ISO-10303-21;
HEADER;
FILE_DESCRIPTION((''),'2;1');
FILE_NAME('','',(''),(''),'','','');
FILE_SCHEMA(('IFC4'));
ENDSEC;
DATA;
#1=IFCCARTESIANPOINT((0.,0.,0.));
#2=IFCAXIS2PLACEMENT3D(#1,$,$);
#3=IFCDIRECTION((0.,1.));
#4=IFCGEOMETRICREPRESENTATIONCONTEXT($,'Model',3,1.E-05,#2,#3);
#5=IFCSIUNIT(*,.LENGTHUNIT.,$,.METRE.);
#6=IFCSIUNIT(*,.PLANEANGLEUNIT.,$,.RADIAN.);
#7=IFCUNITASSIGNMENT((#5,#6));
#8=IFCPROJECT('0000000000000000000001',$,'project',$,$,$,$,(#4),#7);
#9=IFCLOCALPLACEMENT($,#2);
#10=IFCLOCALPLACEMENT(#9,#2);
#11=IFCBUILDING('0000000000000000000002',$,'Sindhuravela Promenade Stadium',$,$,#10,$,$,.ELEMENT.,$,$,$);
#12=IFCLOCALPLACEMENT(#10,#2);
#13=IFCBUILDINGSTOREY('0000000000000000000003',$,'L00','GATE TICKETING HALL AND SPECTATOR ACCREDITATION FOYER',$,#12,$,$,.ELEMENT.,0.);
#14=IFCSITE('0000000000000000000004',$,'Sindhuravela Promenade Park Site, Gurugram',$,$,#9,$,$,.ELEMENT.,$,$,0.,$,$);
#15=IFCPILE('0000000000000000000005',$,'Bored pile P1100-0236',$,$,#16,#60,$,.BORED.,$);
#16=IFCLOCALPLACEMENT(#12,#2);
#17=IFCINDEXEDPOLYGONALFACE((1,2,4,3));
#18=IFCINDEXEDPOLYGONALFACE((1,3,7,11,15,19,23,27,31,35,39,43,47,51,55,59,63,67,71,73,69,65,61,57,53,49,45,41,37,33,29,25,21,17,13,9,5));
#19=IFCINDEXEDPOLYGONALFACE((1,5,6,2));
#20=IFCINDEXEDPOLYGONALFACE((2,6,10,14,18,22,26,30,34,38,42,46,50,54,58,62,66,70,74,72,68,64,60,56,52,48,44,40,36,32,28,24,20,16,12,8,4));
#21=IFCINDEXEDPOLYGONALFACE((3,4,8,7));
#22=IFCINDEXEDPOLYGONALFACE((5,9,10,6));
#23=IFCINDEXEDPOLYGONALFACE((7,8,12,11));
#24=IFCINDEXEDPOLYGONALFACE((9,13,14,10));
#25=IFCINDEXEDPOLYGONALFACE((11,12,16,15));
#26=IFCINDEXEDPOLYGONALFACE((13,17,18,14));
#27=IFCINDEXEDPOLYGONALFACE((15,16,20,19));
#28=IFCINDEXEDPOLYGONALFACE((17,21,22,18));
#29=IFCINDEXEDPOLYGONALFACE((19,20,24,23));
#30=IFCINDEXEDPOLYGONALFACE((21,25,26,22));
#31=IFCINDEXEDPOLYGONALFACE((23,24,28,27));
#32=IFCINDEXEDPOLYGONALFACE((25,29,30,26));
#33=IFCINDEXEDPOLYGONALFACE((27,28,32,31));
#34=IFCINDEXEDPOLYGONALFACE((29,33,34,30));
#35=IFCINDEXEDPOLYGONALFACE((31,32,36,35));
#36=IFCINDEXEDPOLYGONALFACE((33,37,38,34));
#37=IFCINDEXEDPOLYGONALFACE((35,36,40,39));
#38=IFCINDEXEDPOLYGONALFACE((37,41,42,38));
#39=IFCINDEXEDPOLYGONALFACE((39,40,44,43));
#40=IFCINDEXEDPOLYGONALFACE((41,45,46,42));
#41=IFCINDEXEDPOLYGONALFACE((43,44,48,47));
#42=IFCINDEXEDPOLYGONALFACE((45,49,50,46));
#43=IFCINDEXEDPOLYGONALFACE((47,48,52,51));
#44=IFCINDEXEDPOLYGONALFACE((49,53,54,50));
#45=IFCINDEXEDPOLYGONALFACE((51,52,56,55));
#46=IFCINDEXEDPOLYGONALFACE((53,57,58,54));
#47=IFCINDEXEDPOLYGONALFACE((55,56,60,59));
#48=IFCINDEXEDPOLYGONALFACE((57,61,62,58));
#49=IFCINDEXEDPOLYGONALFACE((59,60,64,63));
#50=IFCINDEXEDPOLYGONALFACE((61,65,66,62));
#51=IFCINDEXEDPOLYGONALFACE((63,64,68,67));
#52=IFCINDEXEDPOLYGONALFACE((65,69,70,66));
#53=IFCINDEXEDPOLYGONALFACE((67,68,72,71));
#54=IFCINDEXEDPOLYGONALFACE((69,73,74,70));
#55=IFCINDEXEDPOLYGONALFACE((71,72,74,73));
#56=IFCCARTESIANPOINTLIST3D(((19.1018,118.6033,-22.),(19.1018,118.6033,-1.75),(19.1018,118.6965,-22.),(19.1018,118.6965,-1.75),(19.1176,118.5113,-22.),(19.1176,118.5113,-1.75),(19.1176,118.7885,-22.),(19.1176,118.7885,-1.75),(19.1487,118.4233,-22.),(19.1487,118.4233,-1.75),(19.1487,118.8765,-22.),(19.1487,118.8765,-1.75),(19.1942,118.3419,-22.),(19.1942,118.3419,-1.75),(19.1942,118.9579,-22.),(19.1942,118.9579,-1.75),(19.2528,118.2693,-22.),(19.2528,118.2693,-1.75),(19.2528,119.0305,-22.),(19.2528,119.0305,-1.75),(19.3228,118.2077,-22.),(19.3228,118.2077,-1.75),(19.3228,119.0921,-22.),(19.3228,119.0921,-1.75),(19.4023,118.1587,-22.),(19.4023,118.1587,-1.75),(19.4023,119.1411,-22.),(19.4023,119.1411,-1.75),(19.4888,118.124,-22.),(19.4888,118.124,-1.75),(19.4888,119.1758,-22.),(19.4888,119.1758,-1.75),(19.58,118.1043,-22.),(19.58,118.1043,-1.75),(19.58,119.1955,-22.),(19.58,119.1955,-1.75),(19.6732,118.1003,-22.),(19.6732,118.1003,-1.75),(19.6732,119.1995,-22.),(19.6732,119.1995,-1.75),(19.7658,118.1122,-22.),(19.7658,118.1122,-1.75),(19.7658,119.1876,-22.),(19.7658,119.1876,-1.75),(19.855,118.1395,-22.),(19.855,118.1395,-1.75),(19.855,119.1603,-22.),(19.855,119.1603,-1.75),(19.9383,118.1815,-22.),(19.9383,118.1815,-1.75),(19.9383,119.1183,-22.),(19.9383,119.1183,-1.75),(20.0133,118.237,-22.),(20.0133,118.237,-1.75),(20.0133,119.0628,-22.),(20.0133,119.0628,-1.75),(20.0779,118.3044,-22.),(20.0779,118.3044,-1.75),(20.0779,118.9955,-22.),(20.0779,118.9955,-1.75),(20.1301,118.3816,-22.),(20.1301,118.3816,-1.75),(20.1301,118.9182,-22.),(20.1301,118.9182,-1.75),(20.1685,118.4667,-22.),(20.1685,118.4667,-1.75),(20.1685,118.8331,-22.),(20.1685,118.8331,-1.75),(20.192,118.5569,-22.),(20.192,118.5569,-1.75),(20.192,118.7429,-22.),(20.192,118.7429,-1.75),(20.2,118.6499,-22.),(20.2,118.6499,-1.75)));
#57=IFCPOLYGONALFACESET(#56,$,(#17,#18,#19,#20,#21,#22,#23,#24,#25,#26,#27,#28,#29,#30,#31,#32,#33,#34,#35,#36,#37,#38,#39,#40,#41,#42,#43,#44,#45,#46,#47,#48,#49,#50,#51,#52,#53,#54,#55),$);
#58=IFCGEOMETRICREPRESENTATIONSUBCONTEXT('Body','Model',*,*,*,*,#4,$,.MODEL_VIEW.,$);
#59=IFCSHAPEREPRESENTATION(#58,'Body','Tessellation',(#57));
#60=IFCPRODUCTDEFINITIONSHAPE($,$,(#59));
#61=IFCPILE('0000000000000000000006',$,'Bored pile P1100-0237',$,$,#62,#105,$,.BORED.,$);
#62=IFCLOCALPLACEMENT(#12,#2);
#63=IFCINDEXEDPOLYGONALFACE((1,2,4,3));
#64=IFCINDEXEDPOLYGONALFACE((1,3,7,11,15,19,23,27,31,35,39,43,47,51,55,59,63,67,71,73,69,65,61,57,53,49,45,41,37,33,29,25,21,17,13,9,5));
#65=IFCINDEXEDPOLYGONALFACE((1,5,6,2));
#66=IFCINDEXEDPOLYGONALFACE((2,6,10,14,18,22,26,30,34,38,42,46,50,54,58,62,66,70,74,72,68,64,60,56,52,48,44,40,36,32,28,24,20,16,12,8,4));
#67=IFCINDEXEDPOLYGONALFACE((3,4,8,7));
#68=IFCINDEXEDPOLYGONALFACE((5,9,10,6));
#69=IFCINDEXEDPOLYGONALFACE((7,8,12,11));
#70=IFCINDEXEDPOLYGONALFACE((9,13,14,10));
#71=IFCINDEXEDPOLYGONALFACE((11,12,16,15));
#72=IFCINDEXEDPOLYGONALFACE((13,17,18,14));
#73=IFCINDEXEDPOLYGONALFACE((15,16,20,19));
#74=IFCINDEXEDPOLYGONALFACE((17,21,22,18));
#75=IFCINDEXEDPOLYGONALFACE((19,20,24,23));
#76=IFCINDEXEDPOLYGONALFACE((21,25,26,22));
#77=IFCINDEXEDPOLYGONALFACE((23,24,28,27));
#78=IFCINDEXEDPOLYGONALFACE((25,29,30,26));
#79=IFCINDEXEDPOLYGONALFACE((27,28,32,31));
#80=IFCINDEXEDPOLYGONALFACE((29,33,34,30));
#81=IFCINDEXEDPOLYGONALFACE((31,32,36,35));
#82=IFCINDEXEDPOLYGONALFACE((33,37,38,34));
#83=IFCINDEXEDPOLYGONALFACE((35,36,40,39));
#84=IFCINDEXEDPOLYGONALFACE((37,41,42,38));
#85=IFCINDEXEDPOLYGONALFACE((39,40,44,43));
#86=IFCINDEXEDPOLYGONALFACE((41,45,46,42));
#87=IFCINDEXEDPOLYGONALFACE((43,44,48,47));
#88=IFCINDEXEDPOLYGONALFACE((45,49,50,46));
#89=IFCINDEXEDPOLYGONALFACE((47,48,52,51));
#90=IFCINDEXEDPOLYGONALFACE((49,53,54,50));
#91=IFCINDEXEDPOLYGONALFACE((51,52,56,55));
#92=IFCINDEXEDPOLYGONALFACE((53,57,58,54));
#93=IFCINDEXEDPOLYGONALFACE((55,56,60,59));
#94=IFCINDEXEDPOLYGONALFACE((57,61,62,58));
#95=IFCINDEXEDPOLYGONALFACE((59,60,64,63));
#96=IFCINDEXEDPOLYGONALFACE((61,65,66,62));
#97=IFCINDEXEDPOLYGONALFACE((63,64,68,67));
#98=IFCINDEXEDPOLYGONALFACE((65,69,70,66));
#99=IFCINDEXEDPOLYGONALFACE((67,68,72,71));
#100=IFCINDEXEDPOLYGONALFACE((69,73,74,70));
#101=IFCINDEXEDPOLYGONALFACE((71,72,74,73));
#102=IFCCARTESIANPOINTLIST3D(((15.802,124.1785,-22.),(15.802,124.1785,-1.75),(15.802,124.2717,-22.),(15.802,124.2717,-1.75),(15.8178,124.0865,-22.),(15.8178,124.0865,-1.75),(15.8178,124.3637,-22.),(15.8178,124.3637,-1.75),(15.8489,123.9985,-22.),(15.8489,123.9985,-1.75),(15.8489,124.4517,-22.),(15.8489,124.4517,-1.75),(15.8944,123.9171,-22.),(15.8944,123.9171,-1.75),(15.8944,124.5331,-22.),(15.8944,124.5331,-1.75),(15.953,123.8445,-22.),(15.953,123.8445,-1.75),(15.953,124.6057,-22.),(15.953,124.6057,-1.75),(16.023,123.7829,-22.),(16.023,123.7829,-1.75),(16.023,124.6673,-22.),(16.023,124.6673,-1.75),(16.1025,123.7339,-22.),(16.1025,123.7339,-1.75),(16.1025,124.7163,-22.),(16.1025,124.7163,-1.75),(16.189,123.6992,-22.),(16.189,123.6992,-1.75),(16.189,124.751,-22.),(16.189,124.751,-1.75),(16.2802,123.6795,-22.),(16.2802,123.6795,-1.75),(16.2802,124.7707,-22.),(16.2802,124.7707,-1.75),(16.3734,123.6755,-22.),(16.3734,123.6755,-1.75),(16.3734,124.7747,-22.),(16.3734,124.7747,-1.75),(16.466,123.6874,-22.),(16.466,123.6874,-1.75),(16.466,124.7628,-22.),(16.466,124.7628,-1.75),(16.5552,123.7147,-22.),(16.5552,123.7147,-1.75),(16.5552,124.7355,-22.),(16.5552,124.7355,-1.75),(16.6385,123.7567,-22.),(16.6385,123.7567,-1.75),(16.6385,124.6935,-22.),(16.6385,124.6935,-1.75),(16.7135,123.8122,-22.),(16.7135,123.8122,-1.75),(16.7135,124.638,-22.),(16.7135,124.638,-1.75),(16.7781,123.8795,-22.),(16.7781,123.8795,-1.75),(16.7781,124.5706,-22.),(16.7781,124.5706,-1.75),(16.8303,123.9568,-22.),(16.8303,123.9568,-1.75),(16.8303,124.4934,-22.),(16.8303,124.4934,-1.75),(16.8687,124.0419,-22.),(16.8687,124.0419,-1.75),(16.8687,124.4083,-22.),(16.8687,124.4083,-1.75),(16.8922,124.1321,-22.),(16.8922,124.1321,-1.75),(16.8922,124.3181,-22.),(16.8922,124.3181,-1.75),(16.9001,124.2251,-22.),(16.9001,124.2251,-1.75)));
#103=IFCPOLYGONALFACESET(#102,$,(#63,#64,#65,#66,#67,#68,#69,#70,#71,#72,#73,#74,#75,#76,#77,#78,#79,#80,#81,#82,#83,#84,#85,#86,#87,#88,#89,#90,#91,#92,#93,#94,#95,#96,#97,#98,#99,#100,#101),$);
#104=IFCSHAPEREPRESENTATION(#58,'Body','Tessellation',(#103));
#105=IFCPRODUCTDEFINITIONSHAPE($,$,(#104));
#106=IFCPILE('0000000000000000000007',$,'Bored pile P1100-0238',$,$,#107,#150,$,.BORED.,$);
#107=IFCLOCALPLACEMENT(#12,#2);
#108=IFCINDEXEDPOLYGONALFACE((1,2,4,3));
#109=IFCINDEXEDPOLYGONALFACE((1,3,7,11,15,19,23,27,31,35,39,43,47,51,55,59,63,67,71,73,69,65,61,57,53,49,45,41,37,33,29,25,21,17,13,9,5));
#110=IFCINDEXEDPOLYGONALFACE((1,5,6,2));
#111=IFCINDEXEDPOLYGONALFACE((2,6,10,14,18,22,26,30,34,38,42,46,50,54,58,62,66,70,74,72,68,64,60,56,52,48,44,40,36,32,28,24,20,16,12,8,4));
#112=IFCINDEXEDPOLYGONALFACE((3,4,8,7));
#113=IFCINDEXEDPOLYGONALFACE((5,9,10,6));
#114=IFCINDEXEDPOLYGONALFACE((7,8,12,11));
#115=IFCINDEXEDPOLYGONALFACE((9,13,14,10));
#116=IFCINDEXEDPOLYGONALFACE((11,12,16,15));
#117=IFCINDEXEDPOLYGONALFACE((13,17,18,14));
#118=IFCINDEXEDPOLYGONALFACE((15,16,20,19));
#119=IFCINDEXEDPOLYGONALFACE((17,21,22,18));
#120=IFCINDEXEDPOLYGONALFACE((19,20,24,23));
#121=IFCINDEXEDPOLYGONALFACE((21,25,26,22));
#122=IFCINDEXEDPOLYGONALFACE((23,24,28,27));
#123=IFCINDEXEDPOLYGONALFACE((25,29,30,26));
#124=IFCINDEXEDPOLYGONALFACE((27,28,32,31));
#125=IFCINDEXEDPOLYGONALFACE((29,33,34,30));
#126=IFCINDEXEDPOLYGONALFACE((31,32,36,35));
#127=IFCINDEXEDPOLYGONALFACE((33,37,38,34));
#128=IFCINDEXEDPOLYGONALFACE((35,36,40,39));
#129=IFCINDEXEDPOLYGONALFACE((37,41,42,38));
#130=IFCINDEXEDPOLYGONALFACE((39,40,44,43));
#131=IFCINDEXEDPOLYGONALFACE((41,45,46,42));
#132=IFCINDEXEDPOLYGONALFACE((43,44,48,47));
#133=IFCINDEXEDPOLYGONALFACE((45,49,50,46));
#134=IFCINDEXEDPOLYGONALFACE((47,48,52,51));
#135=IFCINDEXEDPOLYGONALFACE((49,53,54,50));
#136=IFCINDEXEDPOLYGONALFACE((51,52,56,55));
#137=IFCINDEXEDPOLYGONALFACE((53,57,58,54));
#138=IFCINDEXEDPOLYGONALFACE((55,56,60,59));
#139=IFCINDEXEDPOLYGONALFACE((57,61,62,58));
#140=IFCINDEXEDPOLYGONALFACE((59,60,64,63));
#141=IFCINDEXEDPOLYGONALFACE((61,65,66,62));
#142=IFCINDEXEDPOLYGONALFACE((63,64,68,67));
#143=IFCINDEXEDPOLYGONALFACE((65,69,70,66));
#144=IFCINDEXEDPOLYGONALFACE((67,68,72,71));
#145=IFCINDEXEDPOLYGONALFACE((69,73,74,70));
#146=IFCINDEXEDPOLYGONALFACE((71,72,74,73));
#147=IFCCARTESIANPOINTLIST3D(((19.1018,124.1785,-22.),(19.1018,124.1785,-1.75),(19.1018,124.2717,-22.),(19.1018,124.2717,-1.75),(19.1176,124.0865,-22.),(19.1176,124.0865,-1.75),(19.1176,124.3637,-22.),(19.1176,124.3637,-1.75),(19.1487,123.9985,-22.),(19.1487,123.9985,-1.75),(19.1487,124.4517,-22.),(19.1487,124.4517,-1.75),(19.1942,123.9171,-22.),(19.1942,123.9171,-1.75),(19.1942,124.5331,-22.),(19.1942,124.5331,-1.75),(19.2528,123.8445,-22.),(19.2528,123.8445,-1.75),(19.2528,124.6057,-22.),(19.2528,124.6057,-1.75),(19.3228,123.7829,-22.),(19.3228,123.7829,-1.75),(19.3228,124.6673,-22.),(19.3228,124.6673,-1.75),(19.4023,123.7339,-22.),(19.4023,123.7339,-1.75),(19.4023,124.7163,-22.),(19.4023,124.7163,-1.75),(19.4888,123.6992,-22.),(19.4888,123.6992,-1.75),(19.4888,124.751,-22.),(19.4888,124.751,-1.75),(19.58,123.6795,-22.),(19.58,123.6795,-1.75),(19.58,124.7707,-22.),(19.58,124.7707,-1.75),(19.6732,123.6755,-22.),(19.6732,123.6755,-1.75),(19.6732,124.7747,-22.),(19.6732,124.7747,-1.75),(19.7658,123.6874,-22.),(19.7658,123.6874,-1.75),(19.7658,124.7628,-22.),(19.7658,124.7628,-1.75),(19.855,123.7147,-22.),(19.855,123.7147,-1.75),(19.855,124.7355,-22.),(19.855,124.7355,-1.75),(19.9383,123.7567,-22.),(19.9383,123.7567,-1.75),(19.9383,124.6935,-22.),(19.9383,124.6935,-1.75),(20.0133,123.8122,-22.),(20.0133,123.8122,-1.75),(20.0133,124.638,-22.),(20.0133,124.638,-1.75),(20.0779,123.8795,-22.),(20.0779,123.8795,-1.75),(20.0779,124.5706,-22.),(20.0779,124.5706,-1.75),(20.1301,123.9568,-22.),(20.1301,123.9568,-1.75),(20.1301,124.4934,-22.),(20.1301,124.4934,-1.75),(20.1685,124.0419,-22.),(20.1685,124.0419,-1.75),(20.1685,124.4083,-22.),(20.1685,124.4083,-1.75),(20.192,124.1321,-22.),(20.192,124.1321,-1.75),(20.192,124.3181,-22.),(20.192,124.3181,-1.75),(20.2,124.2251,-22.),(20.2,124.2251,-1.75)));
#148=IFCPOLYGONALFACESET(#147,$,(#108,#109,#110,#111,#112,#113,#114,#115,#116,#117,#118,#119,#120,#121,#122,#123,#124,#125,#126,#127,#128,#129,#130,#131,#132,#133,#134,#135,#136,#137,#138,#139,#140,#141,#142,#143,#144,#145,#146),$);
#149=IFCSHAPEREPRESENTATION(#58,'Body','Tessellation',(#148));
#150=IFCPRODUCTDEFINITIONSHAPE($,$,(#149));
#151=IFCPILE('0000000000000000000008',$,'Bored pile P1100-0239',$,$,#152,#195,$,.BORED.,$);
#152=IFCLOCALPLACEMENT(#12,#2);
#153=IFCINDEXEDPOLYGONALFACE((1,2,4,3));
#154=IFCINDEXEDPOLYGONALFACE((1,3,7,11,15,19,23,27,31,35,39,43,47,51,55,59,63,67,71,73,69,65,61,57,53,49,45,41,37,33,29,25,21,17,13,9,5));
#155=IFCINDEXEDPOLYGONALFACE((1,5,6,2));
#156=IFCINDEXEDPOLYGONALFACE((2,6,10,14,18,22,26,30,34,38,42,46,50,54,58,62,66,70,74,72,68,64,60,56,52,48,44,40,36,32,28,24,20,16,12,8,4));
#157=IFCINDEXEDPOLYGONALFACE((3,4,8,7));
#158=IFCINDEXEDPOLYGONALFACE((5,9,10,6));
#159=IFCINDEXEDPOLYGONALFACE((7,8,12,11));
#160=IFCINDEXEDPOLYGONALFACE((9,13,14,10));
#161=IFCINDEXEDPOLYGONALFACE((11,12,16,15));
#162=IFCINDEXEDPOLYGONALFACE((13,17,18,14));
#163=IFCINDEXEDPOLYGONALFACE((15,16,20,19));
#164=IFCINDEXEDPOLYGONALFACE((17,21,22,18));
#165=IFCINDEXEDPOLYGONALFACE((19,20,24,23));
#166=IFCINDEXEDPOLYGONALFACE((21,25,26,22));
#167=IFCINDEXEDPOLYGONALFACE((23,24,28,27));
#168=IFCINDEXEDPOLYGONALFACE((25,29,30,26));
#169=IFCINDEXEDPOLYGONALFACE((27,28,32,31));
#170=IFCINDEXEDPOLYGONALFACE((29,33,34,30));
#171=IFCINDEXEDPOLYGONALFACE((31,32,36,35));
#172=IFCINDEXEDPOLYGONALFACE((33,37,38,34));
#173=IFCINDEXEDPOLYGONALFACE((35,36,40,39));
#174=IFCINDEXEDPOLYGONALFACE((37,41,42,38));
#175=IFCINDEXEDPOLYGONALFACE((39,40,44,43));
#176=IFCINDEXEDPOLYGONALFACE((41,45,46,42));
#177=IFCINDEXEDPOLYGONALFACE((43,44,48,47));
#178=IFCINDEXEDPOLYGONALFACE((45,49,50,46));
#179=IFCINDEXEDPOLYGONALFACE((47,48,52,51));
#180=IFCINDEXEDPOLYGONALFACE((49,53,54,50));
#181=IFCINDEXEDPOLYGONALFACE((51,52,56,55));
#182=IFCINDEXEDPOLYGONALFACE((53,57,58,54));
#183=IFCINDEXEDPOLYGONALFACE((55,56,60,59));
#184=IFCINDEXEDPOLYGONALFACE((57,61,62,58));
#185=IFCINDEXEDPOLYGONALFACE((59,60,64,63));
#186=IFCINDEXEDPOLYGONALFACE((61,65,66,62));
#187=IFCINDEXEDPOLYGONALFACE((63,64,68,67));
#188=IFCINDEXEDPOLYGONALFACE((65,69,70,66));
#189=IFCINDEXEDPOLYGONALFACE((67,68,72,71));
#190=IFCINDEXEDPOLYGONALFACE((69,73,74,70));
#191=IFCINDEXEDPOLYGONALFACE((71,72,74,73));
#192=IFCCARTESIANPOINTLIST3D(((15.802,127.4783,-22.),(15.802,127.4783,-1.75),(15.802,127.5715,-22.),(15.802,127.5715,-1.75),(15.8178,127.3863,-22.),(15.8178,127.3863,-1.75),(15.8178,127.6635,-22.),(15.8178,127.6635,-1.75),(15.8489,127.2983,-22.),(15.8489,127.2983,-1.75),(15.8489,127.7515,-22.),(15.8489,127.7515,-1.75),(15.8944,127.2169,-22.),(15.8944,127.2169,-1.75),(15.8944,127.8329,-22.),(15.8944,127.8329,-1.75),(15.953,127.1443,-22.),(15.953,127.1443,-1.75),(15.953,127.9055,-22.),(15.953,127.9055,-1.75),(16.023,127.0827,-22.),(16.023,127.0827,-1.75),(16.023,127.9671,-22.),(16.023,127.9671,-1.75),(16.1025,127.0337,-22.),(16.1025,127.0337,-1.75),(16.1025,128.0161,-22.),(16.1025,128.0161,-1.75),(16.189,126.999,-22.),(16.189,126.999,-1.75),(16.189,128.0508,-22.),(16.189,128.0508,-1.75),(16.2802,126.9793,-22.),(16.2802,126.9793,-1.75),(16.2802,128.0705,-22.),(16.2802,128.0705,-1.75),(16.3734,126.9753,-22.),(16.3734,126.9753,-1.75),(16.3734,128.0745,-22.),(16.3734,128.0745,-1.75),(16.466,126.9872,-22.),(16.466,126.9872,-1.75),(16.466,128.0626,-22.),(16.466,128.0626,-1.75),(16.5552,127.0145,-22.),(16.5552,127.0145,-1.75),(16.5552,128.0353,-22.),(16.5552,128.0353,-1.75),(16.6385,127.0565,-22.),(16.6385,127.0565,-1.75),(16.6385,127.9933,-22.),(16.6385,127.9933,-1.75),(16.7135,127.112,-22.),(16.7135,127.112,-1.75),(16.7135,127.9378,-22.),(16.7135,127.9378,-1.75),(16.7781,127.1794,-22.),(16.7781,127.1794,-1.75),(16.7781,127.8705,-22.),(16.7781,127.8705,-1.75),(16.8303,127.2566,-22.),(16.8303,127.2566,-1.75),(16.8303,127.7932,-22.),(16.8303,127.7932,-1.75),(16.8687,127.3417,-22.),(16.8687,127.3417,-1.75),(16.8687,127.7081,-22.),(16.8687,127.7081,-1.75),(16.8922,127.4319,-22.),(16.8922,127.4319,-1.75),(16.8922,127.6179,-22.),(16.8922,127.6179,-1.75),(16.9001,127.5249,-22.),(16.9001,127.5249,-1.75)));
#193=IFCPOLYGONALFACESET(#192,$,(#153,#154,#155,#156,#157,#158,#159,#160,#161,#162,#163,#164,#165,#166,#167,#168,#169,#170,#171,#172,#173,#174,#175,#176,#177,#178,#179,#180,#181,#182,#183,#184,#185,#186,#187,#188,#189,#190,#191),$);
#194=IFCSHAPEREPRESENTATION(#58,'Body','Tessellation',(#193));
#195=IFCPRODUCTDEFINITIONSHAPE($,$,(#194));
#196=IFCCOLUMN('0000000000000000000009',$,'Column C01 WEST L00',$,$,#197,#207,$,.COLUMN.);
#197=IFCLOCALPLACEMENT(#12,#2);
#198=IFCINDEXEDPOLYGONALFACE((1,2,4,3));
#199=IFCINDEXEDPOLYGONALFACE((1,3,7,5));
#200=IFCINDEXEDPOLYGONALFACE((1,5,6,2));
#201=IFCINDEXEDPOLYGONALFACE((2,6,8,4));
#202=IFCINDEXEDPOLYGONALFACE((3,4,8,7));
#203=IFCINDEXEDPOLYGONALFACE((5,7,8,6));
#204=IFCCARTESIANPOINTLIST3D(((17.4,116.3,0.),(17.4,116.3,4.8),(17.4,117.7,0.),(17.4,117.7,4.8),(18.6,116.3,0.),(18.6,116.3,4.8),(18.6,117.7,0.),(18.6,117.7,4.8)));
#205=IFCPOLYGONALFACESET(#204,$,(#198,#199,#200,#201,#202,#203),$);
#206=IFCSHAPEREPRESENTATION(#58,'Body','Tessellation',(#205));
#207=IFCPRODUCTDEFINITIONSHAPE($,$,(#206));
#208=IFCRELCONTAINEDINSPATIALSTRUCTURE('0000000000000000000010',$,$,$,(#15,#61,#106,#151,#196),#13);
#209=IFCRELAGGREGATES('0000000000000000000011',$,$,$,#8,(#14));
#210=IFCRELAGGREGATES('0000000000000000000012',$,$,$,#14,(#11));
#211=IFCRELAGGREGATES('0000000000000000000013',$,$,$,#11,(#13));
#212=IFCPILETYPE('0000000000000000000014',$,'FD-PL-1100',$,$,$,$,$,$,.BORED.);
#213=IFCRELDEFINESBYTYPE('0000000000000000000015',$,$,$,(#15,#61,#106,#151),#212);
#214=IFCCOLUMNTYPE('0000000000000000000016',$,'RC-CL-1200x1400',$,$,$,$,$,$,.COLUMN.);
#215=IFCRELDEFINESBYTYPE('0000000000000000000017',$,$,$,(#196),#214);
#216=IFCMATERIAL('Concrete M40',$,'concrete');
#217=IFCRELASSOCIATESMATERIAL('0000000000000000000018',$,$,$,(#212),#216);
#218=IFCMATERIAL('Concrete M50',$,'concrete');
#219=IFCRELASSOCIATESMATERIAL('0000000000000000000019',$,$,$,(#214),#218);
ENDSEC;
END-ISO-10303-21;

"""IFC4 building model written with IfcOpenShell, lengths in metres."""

from ifc_helpers import new_model, si_unit, direction, frame, origin, origin_2d, place, context, subcontext, project, spatial, rectangle, circle, extrude, material, material_profile, profile_set, type_object, element, save


model = new_model("IFC4")

# Units and contexts
model_context = context("Model", 3, precision=1e-05, world=origin(), true_north=direction((0.0, 1.0)))
body_context = subcontext(model_context, "Body", "Model", "MODEL_VIEW")
ifc_project = project(units=[si_unit("LENGTHUNIT", "METRE"), si_unit("PLANEANGLEUNIT", "RADIAN")], contexts=[model_context])

# Site, building, storey
site_placement = place(None, origin())
site = spatial("IfcSite", under=ifc_project, at=site_placement, Name="Sindhuravela Promenade Park Site, Gurugram", CompositionType="ELEMENT", RefElevation=0.0)
building_placement = place(site_placement, origin())
building = spatial("IfcBuilding", under=site, at=building_placement, Name="Sindhuravela Promenade Stadium", CompositionType="ELEMENT")
storey_placement = place(building_placement, origin())
storey = spatial("IfcBuildingStorey", under=building, at=storey_placement, Name="L00", Description="GATE TICKETING HALL AND SPECTATOR ACCREDITATION FOYER", CompositionType="ELEMENT", Elevation=0.0)

# Shared definitions
ifc_material_1 = material(Name="Concrete M50", Category="concrete")

# Piles
ifc_material_2 = material(Name="Concrete M40", Category="concrete")
ifc_material_profile_1 = material_profile(ifc_material_2, circle(Radius=0.55, at=origin_2d()), Name="BORED PILE D1100")
ifc_profile_set_1 = profile_set([ifc_material_profile_1], Name="Concrete M40")
pile_type_1 = type_object("IfcPileType", Name="FD-PL-1100", PredefinedType="BORED", material=ifc_profile_set_1)
for number, where, z_axis, x_axis, name in (
    (1, (19.6499, 118.6499, -1.75), (0.0, 0.0, -1.0), (1.0, 0.0, 0.0), "Bored pile P1100-0236"),
    (2, (16.3501, 124.2251, -1.75), (0.0, 0.0, -1.0), (1.0, 0.0, 0.0), "Bored pile P1100-0237"),
    (3, (19.6499, 124.2251, -1.75), (0.0, 0.0, -1.0), (1.0, 0.0, 0.0), "Bored pile P1100-0238"),
    (4, (16.3501, 127.5249, -1.75), (0.0, 0.0, -1.0), (1.0, 0.0, 0.0), "Bored pile P1100-0239"),
):
    element("IfcPile", number, at=place(storey_placement, frame(where, z_axis=z_axis, x_axis=x_axis)), inside=storey, type_object=pile_type_1, Name=name, PredefinedType="BORED", context=body_context, shape_type="SweptSolid", body=[
        extrude(circle(Radius=0.55, at=origin_2d()), origin(), (0.0, 0.0, 1.0), 20.25),
    ])

# Column
ifc_material_profile_2 = material_profile(ifc_material_1, rectangle(XDim=1.2, YDim=1.3999, at=origin_2d()), Name="RC 1200x1400")
ifc_profile_set_2 = profile_set([ifc_material_profile_2], Name="Concrete M50")
column_type_1 = type_object("IfcColumnType", Name="RC-CL-1200x1400", PredefinedType="COLUMN", material=ifc_profile_set_2)
for number, where, z_axis, x_axis, name in (
    (5, (18.0, 117.0, 0.0), (0.0, 0.0, 1.0), (1.0, 0.0, 0.0), "Column C01 WEST L00"),
):
    element("IfcColumn", number, at=place(storey_placement, frame(where, z_axis=z_axis, x_axis=x_axis)), inside=storey, type_object=column_type_1, Name=name, PredefinedType="COLUMN", context=body_context, shape_type="SweptSolid", body=[
        extrude(rectangle(XDim=1.2, YDim=1.3999, at=origin_2d()), origin(), (0.0, 0.0, 1.0), 4.8),
    ])

save(model, "model.ifc")
